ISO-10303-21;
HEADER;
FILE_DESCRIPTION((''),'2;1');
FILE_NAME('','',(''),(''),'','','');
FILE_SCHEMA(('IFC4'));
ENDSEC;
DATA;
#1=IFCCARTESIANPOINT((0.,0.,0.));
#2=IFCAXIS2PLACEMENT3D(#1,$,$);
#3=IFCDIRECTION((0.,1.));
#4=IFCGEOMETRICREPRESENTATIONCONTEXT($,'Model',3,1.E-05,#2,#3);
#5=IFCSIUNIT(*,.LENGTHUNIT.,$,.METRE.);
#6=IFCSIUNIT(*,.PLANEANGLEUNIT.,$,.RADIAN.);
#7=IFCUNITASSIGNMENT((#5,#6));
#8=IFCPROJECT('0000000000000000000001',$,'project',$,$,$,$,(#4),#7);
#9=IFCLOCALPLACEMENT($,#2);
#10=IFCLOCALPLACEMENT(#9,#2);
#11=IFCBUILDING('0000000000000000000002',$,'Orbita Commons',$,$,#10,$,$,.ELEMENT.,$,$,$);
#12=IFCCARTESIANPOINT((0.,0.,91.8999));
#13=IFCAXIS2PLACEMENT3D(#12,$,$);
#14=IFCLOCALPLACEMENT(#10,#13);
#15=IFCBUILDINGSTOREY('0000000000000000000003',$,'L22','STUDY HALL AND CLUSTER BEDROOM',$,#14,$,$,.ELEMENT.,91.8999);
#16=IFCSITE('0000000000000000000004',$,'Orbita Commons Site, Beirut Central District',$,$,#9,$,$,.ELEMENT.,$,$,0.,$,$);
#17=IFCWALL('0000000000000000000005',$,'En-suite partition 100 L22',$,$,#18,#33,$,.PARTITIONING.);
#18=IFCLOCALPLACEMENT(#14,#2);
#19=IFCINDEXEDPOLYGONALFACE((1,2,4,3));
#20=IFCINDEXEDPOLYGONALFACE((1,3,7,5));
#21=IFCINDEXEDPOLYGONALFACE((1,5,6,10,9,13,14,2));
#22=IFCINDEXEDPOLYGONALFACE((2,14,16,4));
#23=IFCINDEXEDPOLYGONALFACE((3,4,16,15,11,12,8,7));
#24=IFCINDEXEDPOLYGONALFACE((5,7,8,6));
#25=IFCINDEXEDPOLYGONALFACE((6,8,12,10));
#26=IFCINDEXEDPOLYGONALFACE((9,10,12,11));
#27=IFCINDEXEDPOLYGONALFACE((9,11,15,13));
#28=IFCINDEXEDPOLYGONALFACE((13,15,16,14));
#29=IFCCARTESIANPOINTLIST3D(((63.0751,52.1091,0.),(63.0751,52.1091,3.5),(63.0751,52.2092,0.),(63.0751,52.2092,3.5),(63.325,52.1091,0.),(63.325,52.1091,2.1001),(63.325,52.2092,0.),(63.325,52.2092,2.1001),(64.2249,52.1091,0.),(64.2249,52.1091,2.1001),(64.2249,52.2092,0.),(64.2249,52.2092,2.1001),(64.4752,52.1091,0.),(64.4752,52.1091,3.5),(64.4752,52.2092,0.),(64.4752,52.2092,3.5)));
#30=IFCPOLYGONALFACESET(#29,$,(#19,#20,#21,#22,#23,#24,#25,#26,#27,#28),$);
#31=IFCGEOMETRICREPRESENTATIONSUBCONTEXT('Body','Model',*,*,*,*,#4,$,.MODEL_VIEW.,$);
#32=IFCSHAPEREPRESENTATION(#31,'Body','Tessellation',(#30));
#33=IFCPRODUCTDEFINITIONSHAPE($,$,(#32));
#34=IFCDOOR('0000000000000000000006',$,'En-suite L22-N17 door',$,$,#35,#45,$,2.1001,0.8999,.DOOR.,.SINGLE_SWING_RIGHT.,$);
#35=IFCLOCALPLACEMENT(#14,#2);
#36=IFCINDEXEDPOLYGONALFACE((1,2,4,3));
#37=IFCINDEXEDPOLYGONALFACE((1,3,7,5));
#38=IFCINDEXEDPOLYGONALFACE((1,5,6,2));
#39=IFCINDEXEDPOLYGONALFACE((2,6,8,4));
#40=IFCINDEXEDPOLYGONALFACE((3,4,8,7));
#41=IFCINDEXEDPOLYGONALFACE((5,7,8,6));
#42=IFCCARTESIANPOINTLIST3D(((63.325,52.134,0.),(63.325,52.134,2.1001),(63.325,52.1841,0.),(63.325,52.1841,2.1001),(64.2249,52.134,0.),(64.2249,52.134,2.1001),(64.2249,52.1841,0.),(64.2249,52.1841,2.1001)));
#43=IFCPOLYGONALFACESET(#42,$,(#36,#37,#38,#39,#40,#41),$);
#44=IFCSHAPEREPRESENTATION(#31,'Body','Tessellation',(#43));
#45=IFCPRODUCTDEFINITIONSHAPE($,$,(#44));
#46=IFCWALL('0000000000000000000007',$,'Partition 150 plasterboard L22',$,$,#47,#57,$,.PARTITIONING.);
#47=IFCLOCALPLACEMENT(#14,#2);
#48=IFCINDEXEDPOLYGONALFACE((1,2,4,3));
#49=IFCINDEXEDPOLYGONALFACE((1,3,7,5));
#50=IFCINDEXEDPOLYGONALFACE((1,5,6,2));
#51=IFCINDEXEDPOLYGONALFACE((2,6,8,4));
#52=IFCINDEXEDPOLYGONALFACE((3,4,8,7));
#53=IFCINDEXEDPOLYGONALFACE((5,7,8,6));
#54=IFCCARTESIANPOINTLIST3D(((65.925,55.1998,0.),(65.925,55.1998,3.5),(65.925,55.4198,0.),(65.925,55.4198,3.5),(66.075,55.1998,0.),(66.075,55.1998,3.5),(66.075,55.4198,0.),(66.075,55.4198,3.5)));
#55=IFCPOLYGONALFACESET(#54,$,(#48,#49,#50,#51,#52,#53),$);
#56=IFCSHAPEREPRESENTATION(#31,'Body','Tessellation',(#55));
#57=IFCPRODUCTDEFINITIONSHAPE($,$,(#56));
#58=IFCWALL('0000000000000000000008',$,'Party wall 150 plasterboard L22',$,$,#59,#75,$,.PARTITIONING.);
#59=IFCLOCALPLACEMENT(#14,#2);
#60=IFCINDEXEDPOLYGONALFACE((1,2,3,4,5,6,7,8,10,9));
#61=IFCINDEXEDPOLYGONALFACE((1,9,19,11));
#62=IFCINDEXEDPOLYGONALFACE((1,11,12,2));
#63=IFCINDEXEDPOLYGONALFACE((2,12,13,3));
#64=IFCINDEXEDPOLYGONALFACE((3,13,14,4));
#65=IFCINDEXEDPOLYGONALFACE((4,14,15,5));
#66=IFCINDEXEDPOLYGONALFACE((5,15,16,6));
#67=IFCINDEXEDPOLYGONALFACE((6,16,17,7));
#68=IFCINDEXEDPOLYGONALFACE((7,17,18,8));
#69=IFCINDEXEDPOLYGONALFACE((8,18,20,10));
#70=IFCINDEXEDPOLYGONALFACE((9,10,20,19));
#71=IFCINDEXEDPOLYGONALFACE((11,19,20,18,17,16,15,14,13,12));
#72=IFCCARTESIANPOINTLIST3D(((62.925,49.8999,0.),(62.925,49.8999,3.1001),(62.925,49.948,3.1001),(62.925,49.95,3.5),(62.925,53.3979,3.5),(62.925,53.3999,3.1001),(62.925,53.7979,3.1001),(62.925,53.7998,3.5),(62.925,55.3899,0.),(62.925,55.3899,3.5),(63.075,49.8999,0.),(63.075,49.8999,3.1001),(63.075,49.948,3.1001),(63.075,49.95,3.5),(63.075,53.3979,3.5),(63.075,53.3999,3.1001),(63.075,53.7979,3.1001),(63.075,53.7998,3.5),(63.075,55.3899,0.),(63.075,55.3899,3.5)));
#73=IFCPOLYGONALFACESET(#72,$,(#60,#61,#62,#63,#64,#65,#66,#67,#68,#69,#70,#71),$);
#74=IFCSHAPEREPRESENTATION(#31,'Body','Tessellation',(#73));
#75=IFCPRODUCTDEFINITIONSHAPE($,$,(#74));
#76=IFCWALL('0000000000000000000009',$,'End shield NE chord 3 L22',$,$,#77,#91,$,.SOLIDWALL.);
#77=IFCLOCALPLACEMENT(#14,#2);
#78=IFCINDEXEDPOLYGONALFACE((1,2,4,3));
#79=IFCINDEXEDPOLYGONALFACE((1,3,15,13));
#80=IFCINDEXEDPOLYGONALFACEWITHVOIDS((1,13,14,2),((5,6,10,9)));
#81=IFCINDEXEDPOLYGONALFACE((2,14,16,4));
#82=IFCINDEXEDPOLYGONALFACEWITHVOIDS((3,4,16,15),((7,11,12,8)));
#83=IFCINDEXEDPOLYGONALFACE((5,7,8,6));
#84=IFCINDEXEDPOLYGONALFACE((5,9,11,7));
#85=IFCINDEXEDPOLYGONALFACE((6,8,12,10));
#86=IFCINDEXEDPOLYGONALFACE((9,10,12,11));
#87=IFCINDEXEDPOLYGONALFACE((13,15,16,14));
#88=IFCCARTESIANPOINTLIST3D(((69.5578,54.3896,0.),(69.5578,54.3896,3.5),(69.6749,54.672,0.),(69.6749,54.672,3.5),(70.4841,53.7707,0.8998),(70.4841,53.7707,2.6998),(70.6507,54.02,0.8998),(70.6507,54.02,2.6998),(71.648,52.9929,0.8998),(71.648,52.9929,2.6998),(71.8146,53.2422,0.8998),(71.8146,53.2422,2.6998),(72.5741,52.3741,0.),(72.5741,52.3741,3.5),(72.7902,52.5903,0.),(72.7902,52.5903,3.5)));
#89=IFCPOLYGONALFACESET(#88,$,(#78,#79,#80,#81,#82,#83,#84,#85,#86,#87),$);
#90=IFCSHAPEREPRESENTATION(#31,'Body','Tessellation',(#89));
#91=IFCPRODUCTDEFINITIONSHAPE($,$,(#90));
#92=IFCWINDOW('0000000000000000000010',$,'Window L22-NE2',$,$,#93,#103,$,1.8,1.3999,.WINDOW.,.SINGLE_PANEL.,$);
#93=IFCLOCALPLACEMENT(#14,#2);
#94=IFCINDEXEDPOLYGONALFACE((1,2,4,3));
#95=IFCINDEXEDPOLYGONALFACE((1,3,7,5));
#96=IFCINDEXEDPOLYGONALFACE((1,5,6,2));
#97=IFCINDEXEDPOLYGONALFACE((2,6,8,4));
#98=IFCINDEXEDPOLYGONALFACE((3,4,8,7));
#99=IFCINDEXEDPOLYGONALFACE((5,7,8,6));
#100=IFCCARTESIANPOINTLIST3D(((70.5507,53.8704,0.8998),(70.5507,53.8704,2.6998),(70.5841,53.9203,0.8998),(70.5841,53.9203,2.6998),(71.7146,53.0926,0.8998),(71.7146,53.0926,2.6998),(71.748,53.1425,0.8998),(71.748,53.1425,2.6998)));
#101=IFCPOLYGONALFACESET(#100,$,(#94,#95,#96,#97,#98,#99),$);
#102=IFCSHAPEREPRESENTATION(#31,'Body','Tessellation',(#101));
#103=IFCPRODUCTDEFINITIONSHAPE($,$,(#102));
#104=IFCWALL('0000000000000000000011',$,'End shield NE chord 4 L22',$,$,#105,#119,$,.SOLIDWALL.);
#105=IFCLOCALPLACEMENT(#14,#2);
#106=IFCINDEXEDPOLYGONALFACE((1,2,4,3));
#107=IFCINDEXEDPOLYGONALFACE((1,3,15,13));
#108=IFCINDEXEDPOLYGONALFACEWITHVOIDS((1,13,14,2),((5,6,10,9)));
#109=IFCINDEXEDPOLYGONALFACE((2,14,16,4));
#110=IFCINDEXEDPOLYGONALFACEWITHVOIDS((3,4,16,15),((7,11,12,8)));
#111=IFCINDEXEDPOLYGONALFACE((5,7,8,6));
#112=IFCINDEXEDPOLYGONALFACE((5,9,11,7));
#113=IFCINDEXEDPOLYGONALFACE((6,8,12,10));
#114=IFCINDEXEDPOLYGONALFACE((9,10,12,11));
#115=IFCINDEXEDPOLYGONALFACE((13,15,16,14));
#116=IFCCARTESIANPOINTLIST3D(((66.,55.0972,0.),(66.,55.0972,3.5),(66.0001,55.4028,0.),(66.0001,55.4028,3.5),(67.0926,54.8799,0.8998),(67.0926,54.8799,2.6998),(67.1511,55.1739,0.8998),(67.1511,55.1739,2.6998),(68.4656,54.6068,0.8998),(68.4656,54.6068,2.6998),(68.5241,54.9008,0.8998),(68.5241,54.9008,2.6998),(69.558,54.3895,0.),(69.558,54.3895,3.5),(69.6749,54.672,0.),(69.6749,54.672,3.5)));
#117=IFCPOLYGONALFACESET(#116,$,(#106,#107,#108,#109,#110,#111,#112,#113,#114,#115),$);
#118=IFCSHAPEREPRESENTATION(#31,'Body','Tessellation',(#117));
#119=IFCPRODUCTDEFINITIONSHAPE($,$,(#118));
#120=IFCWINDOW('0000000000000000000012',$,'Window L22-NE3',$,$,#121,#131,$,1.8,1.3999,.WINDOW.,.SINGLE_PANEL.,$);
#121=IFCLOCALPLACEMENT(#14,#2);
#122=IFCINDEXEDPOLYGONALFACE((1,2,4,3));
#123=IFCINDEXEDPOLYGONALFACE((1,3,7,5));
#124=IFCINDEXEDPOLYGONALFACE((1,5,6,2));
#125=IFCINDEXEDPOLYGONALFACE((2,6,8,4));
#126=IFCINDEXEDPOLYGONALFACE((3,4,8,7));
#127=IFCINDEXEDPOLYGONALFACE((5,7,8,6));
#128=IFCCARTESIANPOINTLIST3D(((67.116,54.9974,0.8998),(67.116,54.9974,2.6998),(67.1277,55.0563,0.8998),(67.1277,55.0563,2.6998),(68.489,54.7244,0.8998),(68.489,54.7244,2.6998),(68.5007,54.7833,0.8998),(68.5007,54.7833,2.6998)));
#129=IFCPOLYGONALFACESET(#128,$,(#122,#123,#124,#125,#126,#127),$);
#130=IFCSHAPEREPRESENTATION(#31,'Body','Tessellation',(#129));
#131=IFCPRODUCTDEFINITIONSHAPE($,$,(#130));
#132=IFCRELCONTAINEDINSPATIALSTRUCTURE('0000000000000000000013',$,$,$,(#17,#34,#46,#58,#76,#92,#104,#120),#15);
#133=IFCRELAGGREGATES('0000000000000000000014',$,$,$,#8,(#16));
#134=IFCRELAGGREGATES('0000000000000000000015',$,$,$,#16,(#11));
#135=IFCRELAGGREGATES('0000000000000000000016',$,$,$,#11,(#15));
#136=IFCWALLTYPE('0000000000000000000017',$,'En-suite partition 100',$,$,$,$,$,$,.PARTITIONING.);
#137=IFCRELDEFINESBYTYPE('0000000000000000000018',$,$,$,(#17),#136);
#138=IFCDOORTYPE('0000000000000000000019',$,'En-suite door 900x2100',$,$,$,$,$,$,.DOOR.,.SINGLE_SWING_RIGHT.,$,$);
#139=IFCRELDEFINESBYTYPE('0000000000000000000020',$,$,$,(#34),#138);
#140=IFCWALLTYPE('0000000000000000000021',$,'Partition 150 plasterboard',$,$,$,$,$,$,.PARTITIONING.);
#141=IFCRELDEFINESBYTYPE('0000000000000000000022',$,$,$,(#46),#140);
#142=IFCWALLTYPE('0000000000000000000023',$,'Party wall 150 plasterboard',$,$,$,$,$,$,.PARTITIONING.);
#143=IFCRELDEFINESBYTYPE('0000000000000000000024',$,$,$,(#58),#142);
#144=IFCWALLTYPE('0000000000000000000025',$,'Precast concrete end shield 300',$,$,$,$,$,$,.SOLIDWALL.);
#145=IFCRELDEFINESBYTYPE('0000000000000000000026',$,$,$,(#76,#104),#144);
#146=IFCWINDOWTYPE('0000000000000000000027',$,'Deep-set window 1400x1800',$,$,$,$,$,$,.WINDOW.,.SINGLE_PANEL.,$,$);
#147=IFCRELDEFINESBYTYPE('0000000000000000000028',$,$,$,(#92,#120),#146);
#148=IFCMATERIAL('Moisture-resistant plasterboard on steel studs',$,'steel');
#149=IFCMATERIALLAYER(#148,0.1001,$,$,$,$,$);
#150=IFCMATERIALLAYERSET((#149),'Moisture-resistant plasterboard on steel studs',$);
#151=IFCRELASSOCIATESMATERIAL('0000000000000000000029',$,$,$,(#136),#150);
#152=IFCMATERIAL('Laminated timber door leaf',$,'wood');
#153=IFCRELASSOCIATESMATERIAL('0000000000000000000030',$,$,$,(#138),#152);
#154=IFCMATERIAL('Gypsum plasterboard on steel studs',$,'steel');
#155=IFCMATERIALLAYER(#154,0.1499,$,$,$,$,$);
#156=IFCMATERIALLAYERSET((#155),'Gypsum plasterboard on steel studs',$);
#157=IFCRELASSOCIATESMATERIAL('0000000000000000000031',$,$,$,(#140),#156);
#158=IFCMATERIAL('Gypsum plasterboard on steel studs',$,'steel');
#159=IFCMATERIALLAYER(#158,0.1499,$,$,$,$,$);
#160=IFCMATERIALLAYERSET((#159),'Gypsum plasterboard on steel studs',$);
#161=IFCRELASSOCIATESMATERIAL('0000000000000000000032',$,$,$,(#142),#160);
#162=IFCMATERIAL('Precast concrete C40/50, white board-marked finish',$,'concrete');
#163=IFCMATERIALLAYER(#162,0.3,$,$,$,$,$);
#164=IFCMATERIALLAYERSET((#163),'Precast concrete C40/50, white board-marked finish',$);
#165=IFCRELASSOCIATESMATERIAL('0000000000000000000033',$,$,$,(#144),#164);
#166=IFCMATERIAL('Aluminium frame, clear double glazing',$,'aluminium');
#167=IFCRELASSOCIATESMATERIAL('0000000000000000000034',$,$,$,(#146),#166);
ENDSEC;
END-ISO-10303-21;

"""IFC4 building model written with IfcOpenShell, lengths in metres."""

from ifc_helpers import new_model, si_unit, direction, frame, frame_2d, origin, place, context, subcontext, project, spatial, polyline, rectangle, outline, extrude, material, layer, layer_set, type_object, element, fill, save


model = new_model("IFC4")

# Units and contexts
model_context = context("Model", 3, precision=1e-05, world=origin(), true_north=direction((0.0, 1.0)))
body_context = subcontext(model_context, "Body", "Model", "MODEL_VIEW")
ifc_project = project(units=[si_unit("LENGTHUNIT", "METRE"), si_unit("PLANEANGLEUNIT", "RADIAN")], contexts=[model_context])

# Site, building, storey
site_placement = place(None, origin())
site = spatial("IfcSite", under=ifc_project, at=site_placement, Name="Orbita Commons Site, Beirut Central District", CompositionType="ELEMENT", RefElevation=0.0)
building_placement = place(site_placement, origin())
building = spatial("IfcBuilding", under=site, at=building_placement, Name="Orbita Commons", CompositionType="ELEMENT")
storey_placement = place(building_placement, frame((0.0, 0.0, 91.8999)))
storey = spatial("IfcBuildingStorey", under=building, at=storey_placement, Name="L22", Description="STUDY HALL AND CLUSTER BEDROOM", CompositionType="ELEMENT", Elevation=91.8999)

# Wall, opening, door
ifc_material_1 = material(Name="Moisture-resistant plasterboard on steel studs", Category="steel")
ifc_layer_1 = layer(ifc_material_1, 0.1001)
ifc_layer_set_1 = layer_set([ifc_layer_1], Name="Moisture-resistant plasterboard on steel studs")
wall_type_1 = type_object("IfcWallType", Name="En-suite partition 100", PredefinedType="PARTITIONING", material=ifc_layer_set_1)
ifc_material_2 = material(Name="Laminated timber door leaf", Category="wood")
door_type = type_object("IfcDoorType", Name="En-suite door 900x2100", OperationType="SINGLE_SWING_RIGHT", PredefinedType="DOOR", material=ifc_material_2)
wall_1_placement = place(storey_placement, frame((63.075, 52.1592, 0.0), z_axis=(0.0, 0.0, 1.0), x_axis=(1.0, 0.0, 0.0)))
wall_1 = element("IfcWall", 1, at=wall_1_placement, inside=storey, type_object=wall_type_1, Name="En-suite partition 100 L22", PredefinedType="PARTITIONING", context=body_context, shape_type="SweptSolid", body=[
    extrude(rectangle(XDim=1.4001, YDim=0.1001, at=frame_2d((0.7002, 0.0))), origin(), (0.0, 0.0, 1.0), 3.5),
])
opening_1_placement = place(wall_1_placement, frame((0.25, 0.0, 0.0)))
opening_1 = element("IfcOpeningElement", 2, at=opening_1_placement, cuts=wall_1, PredefinedType="OPENING", context=body_context, shape_type="SweptSolid", body=[
    extrude(rectangle(XDim=0.8999, YDim=2.1001, at=frame_2d((0.45, 1.05))), frame((0.0, 0.0601, 0.0), z_axis=(0.0, -1.0, 0.0), x_axis=(1.0, 0.0, 0.0)), (0.0, 0.0, 1.0), 0.1201),
])
door_1_placement = place(opening_1_placement, origin())
door_1 = element("IfcDoor", 3, at=door_1_placement, inside=storey, type_object=door_type, Name="En-suite L22-N17 door", OperationType="SINGLE_SWING_RIGHT", OverallHeight=2.1001, OverallWidth=0.8999, PredefinedType="DOOR", context=body_context, shape_type="SweptSolid", body=[
    extrude(rectangle(XDim=0.8999, YDim=2.1001, at=frame_2d((0.45, 1.05))), frame((0.0, 0.0249, 0.0), z_axis=(0.0, -1.0, 0.0), x_axis=(1.0, 0.0, 0.0)), (0.0, 0.0, 1.0), 0.05),
])
fill(opening_1, door_1)

# Walls
ifc_material_3 = material(Name="Gypsum plasterboard on steel studs", Category="steel")
ifc_layer_2 = layer(ifc_material_3, 0.1499)
ifc_layer_set_2 = layer_set([ifc_layer_2], Name="Gypsum plasterboard on steel studs")
wall_type_2 = type_object("IfcWallType", Name="Partition 150 plasterboard", PredefinedType="PARTITIONING", material=ifc_layer_set_2)
wall_2_placement = place(storey_placement, frame((66.0, 55.2, 0.0), z_axis=(0.0, 0.0, 1.0), x_axis=(0.0, 1.0, 0.0)))
element("IfcWall", 4, at=wall_2_placement, inside=storey, type_object=wall_type_2, Name="Partition 150 plasterboard L22", PredefinedType="PARTITIONING", context=body_context, shape_type="SweptSolid", body=[
    extrude(rectangle(XDim=0.22, YDim=0.1499, at=frame_2d((0.1099, 0.0))), origin(), (0.0, 0.0, 1.0), 3.5),
])
ifc_material_4 = material(Name="Gypsum plasterboard on steel studs", Category="steel")
ifc_layer_3 = layer(ifc_material_4, 0.1499)
ifc_layer_set_3 = layer_set([ifc_layer_3], Name="Gypsum plasterboard on steel studs")
wall_type_3 = type_object("IfcWallType", Name="Party wall 150 plasterboard", PredefinedType="PARTITIONING", material=ifc_layer_set_3)
wall_3_placement = place(storey_placement, frame((63.0, 55.3899, 0.0), z_axis=(0.0, 0.0, 1.0), x_axis=(0.0, -1.0, 0.0)))
element("IfcWall", 5, at=wall_3_placement, inside=storey, type_object=wall_type_3, Name="Party wall 150 plasterboard L22", PredefinedType="PARTITIONING", context=body_context, shape_type="SweptSolid", body=[
    extrude(outline(polyline([(0.0, 0.0), (5.49, 0.0), (5.49, 3.1001), (5.4419, 3.1001), (5.4399, 3.5), (1.9919, 3.5), (1.99, 3.1001), (1.592, 3.1001), (1.5901, 3.5), (0.0, 3.5), (0.0, 0.0)])), frame((0.0, 0.075, 0.0), z_axis=(0.0, -1.0, 0.0), x_axis=(1.0, 0.0, 0.0)), (0.0, 0.0, 1.0), 0.1499),
])

# Walls, openings, windows
ifc_material_5 = material(Name="Precast concrete C40/50, white board-marked finish", Category="concrete")
ifc_layer_4 = layer(ifc_material_5, 0.3)
ifc_layer_set_4 = layer_set([ifc_layer_4], Name="Precast concrete C40/50, white board-marked finish")
wall_type_4 = type_object("IfcWallType", Name="Precast concrete end shield 300", PredefinedType="SOLIDWALL", material=ifc_layer_set_4)
wall_4_placement = place(storey_placement, frame((72.6821, 52.4822, 0.0), z_axis=(0.0, 0.0, 1.0), x_axis=(-0.831449, 0.555601, 0.0)))
wall_4 = element("IfcWall", 6, at=wall_4_placement, inside=storey, type_object=wall_type_4, Name="End shield NE chord 3 L22", PredefinedType="SOLIDWALL", context=body_context, shape_type="SweptSolid", body=[
    extrude(outline(polyline([(-0.0298, -0.1499), (3.717, -0.1499), (3.6575, 0.1499), (0.0298, 0.1499), (-0.0298, -0.1499)])), origin(), (0.0, 0.0, 1.0), 3.5),
])
opening_2_placement = place(wall_4_placement, frame((1.1436, 0.0, 0.8999)))
opening_2 = element("IfcOpeningElement", 7, at=opening_2_placement, cuts=wall_4, PredefinedType="OPENING", context=body_context, shape_type="SweptSolid", body=[
    extrude(rectangle(XDim=1.3999, YDim=1.8, at=frame_2d((0.7, 0.8999))), frame((0.0, 0.1599, 0.0), z_axis=(0.0, -1.0, 0.0), x_axis=(1.0, 0.0, 0.0)), (0.0, 0.0, 1.0), 0.3201),
])
ifc_material_6 = material(Name="Aluminium frame, clear double glazing", Category="aluminium")
window_type = type_object("IfcWindowType", Name="Deep-set window 1400x1800", PartitioningType="SINGLE_PANEL", PredefinedType="WINDOW", material=ifc_material_6)
window_1_placement = place(opening_2_placement, origin())
window_1 = element("IfcWindow", 8, at=window_1_placement, inside=storey, type_object=window_type, Name="Window L22-NE2", OverallHeight=1.8, OverallWidth=1.3999, PartitioningType="SINGLE_PANEL", PredefinedType="WINDOW", context=body_context, shape_type="SweptSolid", body=[
    extrude(rectangle(XDim=1.3999, YDim=1.8, at=frame_2d((0.7, 0.8999))), frame((0.0, 0.03, 0.0), z_axis=(0.0, -1.0, 0.0), x_axis=(1.0, 0.0, 0.0)), (0.0, 0.0, 1.0), 0.0601),
])
fill(opening_2, window_1)
wall_5_placement = place(storey_placement, frame((69.6165, 54.5308, 0.0), z_axis=(0.0, 0.0, 1.0), x_axis=(-0.980791, 0.195059, 0.0)))
wall_5 = element("IfcWall", 9, at=wall_5_placement, inside=storey, type_object=wall_type_4, Name="End shield NE chord 4 L22", PredefinedType="SOLIDWALL", context=body_context, shape_type="SweptSolid", body=[
    extrude(outline(polyline([(-0.0298, -0.1499), (3.717, -0.1499), (3.6575, 0.1499), (0.0298, 0.1499), (-0.0298, -0.1499)])), origin(), (0.0, 0.0, 1.0), 3.5),
])
opening_3_placement = place(wall_5_placement, frame((1.1436, 0.0, 0.8999)))
opening_3 = element("IfcOpeningElement", 10, at=opening_3_placement, cuts=wall_5, PredefinedType="OPENING", context=body_context, shape_type="SweptSolid", body=[
    extrude(rectangle(XDim=1.3999, YDim=1.8, at=frame_2d((0.7, 0.8999))), frame((0.0, 0.1599, 0.0), z_axis=(0.0, -1.0, 0.0), x_axis=(1.0, 0.0, 0.0)), (0.0, 0.0, 1.0), 0.3201),
])
window_2_placement = place(opening_3_placement, origin())
window_2 = element("IfcWindow", 11, at=window_2_placement, inside=storey, type_object=window_type, Name="Window L22-NE3", OverallHeight=1.8, OverallWidth=1.3999, PartitioningType="SINGLE_PANEL", PredefinedType="WINDOW", context=body_context, shape_type="SweptSolid", body=[
    extrude(rectangle(XDim=1.3999, YDim=1.8, at=frame_2d((0.7, 0.8999))), frame((0.0, 0.03, 0.0), z_axis=(0.0, -1.0, 0.0), x_axis=(1.0, 0.0, 0.0)), (0.0, 0.0, 1.0), 0.0601),
])
fill(opening_3, window_2)

save(model, "model.ifc")
